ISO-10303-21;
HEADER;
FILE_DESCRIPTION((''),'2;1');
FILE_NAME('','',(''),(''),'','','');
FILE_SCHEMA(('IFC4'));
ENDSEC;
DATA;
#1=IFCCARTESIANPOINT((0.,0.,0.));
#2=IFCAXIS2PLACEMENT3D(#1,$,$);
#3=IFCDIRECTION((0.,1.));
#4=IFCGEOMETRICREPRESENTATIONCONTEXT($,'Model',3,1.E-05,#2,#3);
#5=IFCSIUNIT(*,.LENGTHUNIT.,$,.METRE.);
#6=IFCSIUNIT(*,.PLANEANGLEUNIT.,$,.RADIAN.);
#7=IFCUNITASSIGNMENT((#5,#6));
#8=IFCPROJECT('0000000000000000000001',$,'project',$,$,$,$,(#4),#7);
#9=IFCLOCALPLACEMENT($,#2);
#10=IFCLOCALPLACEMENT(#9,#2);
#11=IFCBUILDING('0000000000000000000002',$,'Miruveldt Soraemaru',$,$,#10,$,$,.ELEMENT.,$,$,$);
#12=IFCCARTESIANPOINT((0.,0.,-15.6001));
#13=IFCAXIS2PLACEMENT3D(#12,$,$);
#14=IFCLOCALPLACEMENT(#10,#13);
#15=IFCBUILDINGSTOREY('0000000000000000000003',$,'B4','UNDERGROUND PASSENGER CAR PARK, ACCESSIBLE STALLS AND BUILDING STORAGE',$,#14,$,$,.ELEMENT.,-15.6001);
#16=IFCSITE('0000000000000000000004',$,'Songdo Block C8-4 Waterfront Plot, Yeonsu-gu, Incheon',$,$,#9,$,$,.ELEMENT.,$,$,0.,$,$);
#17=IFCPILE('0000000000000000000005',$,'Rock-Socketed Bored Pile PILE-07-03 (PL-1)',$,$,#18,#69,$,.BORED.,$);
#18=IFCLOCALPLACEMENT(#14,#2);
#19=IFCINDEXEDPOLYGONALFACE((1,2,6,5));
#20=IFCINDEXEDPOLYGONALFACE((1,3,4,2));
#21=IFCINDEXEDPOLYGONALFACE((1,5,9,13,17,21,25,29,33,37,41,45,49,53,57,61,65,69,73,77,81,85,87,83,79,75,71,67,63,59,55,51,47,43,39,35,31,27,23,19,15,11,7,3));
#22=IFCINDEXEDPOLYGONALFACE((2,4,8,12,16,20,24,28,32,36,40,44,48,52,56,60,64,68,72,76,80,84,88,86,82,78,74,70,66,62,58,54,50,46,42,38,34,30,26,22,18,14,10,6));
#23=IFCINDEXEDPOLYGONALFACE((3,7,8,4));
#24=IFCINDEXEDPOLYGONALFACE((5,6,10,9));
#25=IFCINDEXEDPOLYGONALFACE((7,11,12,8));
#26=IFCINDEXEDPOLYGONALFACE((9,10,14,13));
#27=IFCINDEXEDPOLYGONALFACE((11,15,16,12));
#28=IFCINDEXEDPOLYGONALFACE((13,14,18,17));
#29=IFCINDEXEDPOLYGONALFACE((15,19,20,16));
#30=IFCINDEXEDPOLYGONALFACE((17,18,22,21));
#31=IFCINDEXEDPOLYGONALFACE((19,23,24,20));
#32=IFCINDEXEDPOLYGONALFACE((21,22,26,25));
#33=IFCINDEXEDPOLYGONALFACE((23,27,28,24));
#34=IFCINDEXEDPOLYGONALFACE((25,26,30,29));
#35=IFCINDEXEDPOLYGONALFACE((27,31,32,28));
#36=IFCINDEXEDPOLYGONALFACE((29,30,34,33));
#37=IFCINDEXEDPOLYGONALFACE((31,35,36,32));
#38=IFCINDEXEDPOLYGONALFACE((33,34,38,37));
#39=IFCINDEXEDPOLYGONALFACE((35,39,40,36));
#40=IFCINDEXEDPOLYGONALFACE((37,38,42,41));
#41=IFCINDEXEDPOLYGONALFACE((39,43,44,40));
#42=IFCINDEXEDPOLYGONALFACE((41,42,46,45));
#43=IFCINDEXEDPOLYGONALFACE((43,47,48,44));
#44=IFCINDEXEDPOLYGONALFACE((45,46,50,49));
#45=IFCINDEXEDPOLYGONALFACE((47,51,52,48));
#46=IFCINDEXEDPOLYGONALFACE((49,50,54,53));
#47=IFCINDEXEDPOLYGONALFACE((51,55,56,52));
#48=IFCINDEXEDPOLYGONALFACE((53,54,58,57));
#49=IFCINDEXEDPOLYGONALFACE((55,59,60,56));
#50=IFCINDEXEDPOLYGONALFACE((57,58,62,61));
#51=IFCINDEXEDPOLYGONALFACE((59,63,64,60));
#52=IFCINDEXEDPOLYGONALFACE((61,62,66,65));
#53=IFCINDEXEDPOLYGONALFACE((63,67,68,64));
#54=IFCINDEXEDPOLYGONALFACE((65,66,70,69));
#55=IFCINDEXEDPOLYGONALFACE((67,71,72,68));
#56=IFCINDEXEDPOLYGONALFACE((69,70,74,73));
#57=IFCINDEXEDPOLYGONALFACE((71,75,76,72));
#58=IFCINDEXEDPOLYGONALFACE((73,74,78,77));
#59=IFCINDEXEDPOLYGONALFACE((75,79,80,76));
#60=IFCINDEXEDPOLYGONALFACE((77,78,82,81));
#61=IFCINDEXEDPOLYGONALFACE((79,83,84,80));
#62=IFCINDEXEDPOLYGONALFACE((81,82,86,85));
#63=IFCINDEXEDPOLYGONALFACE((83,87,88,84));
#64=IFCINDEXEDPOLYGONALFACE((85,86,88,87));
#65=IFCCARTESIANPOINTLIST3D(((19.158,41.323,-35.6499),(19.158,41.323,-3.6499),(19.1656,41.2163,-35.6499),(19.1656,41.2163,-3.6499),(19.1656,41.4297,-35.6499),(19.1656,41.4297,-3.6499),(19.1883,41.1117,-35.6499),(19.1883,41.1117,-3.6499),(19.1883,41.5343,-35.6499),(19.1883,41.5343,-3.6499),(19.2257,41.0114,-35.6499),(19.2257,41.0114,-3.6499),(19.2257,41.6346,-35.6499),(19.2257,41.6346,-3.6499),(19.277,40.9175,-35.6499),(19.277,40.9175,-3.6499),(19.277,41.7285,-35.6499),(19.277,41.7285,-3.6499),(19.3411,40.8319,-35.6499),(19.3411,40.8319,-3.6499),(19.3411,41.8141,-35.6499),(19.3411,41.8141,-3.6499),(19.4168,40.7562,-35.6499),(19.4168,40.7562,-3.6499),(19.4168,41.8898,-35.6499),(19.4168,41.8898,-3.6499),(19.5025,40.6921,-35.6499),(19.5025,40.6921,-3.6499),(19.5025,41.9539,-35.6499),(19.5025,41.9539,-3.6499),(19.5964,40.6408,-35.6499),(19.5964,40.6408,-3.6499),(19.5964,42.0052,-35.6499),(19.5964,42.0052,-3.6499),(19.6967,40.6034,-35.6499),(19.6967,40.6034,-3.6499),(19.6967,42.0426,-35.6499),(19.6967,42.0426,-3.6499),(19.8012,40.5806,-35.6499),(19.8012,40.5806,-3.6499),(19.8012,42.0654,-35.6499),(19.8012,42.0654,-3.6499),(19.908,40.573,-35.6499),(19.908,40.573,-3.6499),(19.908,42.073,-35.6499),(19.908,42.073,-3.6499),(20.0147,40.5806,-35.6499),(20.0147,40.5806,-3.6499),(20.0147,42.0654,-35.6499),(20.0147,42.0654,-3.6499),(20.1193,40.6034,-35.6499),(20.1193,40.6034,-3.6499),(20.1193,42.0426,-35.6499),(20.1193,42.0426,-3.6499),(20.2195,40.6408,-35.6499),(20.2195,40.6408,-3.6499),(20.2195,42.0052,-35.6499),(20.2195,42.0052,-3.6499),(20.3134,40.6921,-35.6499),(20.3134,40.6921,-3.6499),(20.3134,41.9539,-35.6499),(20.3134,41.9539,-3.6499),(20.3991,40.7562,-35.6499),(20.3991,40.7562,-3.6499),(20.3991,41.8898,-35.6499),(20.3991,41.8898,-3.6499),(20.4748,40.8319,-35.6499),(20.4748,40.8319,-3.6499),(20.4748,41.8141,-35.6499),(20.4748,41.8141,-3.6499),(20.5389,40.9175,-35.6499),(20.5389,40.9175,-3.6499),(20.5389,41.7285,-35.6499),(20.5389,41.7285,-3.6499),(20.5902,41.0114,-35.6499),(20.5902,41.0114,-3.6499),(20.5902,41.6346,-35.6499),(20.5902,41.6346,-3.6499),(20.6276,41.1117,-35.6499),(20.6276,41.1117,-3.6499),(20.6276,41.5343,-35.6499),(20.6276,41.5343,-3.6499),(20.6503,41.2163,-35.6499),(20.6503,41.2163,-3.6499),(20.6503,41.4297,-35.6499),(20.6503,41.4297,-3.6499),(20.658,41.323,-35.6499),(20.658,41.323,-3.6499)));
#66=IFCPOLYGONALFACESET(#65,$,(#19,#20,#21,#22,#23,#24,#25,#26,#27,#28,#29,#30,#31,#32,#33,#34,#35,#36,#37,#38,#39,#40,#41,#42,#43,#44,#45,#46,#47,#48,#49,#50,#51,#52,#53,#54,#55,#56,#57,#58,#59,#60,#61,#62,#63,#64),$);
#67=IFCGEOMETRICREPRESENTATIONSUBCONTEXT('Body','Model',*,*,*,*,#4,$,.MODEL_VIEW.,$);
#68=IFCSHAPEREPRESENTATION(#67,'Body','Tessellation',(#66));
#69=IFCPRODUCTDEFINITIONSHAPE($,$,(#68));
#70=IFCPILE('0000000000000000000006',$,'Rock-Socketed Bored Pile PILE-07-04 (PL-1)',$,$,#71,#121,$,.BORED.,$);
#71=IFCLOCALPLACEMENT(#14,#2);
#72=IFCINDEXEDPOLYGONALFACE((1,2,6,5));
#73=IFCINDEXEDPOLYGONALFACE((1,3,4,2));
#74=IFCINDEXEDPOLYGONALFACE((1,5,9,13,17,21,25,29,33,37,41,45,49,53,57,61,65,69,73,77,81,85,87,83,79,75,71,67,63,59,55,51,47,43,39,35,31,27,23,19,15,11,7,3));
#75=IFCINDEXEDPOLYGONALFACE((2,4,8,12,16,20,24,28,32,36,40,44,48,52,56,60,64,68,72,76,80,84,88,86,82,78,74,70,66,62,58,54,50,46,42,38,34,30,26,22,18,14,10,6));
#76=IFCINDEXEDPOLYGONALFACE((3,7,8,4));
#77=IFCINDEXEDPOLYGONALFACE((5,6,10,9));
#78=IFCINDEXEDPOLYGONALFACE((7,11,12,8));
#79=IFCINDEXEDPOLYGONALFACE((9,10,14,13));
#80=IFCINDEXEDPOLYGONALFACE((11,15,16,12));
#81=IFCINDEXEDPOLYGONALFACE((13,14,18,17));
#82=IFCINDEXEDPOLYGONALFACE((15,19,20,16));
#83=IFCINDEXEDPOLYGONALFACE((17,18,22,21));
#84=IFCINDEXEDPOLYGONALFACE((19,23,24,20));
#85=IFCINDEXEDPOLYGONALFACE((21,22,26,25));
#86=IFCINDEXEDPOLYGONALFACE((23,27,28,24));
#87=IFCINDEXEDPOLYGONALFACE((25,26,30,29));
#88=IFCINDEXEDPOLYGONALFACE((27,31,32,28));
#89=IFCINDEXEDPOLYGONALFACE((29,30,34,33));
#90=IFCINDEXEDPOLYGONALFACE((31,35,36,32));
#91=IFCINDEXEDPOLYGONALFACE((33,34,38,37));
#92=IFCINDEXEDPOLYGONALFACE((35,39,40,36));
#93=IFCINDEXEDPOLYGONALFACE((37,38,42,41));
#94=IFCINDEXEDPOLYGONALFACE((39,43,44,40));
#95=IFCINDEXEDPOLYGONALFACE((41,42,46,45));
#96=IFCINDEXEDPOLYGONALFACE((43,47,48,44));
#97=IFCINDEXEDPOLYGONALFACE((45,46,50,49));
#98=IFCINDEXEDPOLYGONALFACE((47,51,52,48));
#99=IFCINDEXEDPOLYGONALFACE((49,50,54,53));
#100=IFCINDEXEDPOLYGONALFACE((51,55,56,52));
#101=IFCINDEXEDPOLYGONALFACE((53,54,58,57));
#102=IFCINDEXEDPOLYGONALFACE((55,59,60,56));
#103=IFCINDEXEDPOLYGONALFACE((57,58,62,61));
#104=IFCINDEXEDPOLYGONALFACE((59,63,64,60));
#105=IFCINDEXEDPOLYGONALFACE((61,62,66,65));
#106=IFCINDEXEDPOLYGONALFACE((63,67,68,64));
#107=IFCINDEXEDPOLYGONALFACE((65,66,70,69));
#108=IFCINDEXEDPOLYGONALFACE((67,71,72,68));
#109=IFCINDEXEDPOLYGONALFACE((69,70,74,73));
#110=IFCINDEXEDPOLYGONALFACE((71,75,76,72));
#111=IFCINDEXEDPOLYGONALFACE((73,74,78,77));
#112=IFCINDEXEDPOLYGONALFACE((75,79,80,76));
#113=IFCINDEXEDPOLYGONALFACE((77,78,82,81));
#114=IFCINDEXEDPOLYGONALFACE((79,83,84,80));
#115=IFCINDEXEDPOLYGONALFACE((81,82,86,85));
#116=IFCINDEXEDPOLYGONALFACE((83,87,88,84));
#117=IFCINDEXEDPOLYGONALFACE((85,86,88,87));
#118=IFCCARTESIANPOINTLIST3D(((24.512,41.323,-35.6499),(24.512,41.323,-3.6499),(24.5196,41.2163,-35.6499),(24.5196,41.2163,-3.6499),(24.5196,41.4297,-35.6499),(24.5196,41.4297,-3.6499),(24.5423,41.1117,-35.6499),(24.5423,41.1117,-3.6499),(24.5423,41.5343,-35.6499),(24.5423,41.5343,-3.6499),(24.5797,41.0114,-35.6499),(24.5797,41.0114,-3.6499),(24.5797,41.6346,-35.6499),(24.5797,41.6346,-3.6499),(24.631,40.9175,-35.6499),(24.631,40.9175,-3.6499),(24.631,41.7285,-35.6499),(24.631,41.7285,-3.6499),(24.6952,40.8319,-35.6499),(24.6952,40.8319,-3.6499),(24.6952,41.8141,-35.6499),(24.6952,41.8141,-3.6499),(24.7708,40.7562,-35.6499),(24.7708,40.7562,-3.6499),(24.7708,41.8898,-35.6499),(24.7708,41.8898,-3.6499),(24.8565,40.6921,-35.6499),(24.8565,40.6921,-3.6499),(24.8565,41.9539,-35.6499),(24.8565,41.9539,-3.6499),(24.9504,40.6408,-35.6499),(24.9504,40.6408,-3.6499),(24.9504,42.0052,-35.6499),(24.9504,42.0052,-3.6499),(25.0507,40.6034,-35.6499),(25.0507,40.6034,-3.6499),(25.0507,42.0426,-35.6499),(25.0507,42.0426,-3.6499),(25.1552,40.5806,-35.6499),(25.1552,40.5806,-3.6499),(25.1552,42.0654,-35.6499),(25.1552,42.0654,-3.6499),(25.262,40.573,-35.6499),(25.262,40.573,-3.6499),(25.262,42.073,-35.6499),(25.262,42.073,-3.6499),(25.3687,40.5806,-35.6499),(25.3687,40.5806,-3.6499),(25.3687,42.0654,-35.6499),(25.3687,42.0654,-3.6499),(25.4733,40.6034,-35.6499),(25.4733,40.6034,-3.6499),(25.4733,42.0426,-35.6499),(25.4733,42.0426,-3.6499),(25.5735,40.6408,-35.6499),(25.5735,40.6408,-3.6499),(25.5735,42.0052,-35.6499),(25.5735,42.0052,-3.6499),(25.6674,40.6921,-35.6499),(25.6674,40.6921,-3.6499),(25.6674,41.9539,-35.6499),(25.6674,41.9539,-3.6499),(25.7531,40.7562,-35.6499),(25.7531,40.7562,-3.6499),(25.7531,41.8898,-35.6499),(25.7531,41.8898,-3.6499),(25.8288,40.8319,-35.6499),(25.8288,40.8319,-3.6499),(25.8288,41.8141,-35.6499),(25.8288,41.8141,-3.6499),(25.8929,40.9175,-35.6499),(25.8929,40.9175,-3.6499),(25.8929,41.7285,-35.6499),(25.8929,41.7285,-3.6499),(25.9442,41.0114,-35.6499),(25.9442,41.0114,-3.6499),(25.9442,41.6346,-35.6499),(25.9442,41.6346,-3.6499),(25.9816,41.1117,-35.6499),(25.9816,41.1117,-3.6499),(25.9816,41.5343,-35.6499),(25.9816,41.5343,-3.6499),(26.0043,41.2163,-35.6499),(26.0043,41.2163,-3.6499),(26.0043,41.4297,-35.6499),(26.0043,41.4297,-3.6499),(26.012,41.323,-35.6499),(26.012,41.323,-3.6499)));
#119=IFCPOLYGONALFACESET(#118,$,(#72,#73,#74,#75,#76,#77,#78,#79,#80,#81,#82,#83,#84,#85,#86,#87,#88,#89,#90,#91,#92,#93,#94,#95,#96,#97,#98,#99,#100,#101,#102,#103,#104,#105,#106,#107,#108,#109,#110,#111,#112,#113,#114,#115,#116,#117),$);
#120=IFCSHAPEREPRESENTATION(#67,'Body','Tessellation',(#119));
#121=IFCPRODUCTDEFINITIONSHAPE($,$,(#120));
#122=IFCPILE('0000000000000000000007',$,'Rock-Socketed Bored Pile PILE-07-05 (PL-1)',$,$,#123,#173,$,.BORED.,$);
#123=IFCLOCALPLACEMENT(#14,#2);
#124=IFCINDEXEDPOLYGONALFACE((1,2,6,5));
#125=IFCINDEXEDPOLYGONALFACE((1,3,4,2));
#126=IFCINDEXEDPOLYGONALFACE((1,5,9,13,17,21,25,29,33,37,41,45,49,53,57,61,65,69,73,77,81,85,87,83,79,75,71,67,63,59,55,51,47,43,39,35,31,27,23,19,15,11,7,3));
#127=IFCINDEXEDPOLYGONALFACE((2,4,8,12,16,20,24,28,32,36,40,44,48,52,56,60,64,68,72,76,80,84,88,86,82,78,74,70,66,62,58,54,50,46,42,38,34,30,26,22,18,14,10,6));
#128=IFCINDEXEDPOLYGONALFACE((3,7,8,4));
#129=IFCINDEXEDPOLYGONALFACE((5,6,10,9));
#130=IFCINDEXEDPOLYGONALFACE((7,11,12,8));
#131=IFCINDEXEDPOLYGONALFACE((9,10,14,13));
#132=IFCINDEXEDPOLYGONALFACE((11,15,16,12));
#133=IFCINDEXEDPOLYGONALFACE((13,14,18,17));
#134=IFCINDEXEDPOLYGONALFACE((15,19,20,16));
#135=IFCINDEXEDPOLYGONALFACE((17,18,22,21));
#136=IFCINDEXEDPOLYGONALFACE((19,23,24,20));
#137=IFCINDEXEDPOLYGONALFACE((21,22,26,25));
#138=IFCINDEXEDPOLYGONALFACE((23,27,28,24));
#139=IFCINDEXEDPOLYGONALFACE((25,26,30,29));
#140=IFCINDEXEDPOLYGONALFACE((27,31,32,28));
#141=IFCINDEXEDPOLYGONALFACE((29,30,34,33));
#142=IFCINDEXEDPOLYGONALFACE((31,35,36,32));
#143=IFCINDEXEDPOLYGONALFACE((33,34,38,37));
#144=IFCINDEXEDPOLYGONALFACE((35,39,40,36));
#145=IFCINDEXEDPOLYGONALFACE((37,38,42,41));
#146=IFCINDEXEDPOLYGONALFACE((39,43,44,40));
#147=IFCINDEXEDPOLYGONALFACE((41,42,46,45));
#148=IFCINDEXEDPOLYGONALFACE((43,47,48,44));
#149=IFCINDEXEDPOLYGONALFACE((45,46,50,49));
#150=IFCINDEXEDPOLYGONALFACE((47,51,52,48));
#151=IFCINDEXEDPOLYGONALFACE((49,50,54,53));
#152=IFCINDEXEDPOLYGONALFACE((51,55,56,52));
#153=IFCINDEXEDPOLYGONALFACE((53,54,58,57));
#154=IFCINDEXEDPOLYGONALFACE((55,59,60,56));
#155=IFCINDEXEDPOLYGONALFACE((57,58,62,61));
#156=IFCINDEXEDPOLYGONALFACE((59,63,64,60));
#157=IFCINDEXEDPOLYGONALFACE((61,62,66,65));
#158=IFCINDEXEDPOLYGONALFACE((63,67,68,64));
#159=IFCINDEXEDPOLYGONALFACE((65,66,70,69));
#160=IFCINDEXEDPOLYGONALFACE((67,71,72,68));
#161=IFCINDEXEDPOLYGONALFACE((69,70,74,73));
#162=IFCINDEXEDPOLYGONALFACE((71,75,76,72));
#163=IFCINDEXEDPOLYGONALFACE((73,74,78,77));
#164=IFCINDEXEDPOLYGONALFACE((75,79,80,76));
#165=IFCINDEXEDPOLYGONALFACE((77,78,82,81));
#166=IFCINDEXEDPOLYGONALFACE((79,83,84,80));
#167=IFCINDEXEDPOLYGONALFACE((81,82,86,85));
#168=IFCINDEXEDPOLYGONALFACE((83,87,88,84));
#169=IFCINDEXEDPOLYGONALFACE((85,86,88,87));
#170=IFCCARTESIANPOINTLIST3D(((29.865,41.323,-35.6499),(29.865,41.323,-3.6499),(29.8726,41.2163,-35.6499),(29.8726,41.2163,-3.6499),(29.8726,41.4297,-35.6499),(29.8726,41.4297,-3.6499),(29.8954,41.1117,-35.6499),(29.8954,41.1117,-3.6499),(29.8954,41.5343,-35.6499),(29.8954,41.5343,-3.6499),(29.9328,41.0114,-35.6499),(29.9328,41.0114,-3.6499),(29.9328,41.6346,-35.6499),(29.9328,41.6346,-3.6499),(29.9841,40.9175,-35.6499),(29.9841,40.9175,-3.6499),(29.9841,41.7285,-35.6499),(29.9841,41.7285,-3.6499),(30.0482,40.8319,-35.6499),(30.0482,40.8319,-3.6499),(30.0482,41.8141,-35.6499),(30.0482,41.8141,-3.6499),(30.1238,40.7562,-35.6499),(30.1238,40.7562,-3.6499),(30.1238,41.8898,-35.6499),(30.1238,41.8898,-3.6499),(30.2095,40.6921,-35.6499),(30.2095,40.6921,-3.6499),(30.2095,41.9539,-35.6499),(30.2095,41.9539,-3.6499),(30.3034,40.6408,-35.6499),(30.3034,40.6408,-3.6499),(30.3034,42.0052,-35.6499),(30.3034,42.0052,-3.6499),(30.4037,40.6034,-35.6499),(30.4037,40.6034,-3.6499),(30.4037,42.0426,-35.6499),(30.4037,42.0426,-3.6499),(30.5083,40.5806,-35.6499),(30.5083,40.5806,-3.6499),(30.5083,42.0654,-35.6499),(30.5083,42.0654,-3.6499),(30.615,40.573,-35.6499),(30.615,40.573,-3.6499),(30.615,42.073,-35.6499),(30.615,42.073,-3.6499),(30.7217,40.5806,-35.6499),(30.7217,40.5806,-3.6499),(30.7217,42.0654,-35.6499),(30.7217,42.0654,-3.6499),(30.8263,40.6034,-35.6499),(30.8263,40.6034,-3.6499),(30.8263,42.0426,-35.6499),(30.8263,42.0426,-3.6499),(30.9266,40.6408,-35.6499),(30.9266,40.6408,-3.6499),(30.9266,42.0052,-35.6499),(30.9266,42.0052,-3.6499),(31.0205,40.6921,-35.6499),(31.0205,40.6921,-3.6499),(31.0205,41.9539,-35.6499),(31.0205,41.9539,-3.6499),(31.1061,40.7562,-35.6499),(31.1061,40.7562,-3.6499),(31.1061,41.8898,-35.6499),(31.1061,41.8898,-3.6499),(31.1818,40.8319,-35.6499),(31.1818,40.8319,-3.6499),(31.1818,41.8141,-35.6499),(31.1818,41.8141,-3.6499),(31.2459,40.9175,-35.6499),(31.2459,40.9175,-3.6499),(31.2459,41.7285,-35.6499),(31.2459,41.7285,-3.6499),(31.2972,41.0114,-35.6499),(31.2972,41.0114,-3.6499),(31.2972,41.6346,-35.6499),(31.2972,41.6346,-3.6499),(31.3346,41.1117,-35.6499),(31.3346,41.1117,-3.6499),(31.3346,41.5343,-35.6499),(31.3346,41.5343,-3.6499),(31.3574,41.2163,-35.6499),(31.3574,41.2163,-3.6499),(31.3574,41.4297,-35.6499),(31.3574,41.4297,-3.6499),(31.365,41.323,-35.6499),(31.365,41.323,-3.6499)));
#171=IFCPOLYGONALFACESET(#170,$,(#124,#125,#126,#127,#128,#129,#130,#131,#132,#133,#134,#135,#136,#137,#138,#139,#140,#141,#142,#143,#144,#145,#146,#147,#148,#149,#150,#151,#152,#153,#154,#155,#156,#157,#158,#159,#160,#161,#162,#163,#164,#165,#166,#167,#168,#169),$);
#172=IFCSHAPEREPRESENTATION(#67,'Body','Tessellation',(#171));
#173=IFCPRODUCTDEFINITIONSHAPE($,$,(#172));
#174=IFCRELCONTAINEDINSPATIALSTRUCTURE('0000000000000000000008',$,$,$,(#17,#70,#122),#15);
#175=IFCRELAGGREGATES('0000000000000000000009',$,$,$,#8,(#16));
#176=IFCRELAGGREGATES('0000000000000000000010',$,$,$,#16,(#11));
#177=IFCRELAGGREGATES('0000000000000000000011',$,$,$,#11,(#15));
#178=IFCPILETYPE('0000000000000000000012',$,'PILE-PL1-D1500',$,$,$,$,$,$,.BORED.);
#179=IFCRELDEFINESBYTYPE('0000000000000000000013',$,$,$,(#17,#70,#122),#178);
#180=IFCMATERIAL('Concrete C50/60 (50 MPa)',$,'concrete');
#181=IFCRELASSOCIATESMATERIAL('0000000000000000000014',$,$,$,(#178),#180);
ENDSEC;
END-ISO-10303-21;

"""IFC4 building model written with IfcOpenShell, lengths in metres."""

from ifc_helpers import new_model, si_unit, direction, frame, origin, origin_2d, place, context, subcontext, project, spatial, circle, extrude, material, material_profile, profile_set, type_object, element, save


model = new_model("IFC4")

# Units and contexts
model_context = context("Model", 3, precision=1e-05, world=origin(), true_north=direction((0.0, 1.0)))
body_context = subcontext(model_context, "Body", "Model", "MODEL_VIEW")
ifc_project = project(units=[si_unit("LENGTHUNIT", "METRE"), si_unit("PLANEANGLEUNIT", "RADIAN")], contexts=[model_context])

# Site, building, storey
site_placement = place(None, origin())
site = spatial("IfcSite", under=ifc_project, at=site_placement, Name="Songdo Block C8-4 Waterfront Plot, Yeonsu-gu, Incheon", CompositionType="ELEMENT", RefElevation=0.0)
building_placement = place(site_placement, origin())
building = spatial("IfcBuilding", under=site, at=building_placement, Name="Miruveldt Soraemaru", CompositionType="ELEMENT")
storey_placement = place(building_placement, frame((0.0, 0.0, -15.6001)))
storey = spatial("IfcBuildingStorey", under=building, at=storey_placement, Name="B4", Description="UNDERGROUND PASSENGER CAR PARK, ACCESSIBLE STALLS AND BUILDING STORAGE", CompositionType="ELEMENT", Elevation=-15.6001)

# Piles
ifc_material_1 = material(Name="Concrete C50/60 (50 MPa)", Category="concrete")
ifc_material_profile_1 = material_profile(ifc_material_1, circle(Radius=0.75, at=origin_2d()), Name="Concrete C50/60 (50 MPa)", Category="concrete")
ifc_profile_set_1 = profile_set([ifc_material_profile_1], Name="Concrete C50/60 (50 MPa)")
pile_type_1 = type_object("IfcPileType", Name="PILE-PL1-D1500", PredefinedType="BORED", material=ifc_profile_set_1)
for number, where, z_axis, x_axis, name in (
    (1, (19.908, 41.323, -3.6499), (0.0, 0.0, -1.0), (1.0, 0.0, 0.0), "Rock-Socketed Bored Pile PILE-07-03 (PL-1)"),
    (2, (25.262, 41.323, -3.6499), (0.0, 0.0, -1.0), (1.0, 0.0, 0.0), "Rock-Socketed Bored Pile PILE-07-04 (PL-1)"),
    (3, (30.615, 41.323, -3.6499), (0.0, 0.0, -1.0), (1.0, 0.0, 0.0), "Rock-Socketed Bored Pile PILE-07-05 (PL-1)"),
):
    element("IfcPile", number, at=place(storey_placement, frame(where, z_axis=z_axis, x_axis=x_axis)), inside=storey, type_object=pile_type_1, Name=name, PredefinedType="BORED", context=body_context, shape_type="SweptSolid", body=[
        extrude(circle(Radius=0.75, at=origin_2d()), origin(), (0.0, 0.0, 1.0), 32.0),
    ])

save(model, "model.ifc")
